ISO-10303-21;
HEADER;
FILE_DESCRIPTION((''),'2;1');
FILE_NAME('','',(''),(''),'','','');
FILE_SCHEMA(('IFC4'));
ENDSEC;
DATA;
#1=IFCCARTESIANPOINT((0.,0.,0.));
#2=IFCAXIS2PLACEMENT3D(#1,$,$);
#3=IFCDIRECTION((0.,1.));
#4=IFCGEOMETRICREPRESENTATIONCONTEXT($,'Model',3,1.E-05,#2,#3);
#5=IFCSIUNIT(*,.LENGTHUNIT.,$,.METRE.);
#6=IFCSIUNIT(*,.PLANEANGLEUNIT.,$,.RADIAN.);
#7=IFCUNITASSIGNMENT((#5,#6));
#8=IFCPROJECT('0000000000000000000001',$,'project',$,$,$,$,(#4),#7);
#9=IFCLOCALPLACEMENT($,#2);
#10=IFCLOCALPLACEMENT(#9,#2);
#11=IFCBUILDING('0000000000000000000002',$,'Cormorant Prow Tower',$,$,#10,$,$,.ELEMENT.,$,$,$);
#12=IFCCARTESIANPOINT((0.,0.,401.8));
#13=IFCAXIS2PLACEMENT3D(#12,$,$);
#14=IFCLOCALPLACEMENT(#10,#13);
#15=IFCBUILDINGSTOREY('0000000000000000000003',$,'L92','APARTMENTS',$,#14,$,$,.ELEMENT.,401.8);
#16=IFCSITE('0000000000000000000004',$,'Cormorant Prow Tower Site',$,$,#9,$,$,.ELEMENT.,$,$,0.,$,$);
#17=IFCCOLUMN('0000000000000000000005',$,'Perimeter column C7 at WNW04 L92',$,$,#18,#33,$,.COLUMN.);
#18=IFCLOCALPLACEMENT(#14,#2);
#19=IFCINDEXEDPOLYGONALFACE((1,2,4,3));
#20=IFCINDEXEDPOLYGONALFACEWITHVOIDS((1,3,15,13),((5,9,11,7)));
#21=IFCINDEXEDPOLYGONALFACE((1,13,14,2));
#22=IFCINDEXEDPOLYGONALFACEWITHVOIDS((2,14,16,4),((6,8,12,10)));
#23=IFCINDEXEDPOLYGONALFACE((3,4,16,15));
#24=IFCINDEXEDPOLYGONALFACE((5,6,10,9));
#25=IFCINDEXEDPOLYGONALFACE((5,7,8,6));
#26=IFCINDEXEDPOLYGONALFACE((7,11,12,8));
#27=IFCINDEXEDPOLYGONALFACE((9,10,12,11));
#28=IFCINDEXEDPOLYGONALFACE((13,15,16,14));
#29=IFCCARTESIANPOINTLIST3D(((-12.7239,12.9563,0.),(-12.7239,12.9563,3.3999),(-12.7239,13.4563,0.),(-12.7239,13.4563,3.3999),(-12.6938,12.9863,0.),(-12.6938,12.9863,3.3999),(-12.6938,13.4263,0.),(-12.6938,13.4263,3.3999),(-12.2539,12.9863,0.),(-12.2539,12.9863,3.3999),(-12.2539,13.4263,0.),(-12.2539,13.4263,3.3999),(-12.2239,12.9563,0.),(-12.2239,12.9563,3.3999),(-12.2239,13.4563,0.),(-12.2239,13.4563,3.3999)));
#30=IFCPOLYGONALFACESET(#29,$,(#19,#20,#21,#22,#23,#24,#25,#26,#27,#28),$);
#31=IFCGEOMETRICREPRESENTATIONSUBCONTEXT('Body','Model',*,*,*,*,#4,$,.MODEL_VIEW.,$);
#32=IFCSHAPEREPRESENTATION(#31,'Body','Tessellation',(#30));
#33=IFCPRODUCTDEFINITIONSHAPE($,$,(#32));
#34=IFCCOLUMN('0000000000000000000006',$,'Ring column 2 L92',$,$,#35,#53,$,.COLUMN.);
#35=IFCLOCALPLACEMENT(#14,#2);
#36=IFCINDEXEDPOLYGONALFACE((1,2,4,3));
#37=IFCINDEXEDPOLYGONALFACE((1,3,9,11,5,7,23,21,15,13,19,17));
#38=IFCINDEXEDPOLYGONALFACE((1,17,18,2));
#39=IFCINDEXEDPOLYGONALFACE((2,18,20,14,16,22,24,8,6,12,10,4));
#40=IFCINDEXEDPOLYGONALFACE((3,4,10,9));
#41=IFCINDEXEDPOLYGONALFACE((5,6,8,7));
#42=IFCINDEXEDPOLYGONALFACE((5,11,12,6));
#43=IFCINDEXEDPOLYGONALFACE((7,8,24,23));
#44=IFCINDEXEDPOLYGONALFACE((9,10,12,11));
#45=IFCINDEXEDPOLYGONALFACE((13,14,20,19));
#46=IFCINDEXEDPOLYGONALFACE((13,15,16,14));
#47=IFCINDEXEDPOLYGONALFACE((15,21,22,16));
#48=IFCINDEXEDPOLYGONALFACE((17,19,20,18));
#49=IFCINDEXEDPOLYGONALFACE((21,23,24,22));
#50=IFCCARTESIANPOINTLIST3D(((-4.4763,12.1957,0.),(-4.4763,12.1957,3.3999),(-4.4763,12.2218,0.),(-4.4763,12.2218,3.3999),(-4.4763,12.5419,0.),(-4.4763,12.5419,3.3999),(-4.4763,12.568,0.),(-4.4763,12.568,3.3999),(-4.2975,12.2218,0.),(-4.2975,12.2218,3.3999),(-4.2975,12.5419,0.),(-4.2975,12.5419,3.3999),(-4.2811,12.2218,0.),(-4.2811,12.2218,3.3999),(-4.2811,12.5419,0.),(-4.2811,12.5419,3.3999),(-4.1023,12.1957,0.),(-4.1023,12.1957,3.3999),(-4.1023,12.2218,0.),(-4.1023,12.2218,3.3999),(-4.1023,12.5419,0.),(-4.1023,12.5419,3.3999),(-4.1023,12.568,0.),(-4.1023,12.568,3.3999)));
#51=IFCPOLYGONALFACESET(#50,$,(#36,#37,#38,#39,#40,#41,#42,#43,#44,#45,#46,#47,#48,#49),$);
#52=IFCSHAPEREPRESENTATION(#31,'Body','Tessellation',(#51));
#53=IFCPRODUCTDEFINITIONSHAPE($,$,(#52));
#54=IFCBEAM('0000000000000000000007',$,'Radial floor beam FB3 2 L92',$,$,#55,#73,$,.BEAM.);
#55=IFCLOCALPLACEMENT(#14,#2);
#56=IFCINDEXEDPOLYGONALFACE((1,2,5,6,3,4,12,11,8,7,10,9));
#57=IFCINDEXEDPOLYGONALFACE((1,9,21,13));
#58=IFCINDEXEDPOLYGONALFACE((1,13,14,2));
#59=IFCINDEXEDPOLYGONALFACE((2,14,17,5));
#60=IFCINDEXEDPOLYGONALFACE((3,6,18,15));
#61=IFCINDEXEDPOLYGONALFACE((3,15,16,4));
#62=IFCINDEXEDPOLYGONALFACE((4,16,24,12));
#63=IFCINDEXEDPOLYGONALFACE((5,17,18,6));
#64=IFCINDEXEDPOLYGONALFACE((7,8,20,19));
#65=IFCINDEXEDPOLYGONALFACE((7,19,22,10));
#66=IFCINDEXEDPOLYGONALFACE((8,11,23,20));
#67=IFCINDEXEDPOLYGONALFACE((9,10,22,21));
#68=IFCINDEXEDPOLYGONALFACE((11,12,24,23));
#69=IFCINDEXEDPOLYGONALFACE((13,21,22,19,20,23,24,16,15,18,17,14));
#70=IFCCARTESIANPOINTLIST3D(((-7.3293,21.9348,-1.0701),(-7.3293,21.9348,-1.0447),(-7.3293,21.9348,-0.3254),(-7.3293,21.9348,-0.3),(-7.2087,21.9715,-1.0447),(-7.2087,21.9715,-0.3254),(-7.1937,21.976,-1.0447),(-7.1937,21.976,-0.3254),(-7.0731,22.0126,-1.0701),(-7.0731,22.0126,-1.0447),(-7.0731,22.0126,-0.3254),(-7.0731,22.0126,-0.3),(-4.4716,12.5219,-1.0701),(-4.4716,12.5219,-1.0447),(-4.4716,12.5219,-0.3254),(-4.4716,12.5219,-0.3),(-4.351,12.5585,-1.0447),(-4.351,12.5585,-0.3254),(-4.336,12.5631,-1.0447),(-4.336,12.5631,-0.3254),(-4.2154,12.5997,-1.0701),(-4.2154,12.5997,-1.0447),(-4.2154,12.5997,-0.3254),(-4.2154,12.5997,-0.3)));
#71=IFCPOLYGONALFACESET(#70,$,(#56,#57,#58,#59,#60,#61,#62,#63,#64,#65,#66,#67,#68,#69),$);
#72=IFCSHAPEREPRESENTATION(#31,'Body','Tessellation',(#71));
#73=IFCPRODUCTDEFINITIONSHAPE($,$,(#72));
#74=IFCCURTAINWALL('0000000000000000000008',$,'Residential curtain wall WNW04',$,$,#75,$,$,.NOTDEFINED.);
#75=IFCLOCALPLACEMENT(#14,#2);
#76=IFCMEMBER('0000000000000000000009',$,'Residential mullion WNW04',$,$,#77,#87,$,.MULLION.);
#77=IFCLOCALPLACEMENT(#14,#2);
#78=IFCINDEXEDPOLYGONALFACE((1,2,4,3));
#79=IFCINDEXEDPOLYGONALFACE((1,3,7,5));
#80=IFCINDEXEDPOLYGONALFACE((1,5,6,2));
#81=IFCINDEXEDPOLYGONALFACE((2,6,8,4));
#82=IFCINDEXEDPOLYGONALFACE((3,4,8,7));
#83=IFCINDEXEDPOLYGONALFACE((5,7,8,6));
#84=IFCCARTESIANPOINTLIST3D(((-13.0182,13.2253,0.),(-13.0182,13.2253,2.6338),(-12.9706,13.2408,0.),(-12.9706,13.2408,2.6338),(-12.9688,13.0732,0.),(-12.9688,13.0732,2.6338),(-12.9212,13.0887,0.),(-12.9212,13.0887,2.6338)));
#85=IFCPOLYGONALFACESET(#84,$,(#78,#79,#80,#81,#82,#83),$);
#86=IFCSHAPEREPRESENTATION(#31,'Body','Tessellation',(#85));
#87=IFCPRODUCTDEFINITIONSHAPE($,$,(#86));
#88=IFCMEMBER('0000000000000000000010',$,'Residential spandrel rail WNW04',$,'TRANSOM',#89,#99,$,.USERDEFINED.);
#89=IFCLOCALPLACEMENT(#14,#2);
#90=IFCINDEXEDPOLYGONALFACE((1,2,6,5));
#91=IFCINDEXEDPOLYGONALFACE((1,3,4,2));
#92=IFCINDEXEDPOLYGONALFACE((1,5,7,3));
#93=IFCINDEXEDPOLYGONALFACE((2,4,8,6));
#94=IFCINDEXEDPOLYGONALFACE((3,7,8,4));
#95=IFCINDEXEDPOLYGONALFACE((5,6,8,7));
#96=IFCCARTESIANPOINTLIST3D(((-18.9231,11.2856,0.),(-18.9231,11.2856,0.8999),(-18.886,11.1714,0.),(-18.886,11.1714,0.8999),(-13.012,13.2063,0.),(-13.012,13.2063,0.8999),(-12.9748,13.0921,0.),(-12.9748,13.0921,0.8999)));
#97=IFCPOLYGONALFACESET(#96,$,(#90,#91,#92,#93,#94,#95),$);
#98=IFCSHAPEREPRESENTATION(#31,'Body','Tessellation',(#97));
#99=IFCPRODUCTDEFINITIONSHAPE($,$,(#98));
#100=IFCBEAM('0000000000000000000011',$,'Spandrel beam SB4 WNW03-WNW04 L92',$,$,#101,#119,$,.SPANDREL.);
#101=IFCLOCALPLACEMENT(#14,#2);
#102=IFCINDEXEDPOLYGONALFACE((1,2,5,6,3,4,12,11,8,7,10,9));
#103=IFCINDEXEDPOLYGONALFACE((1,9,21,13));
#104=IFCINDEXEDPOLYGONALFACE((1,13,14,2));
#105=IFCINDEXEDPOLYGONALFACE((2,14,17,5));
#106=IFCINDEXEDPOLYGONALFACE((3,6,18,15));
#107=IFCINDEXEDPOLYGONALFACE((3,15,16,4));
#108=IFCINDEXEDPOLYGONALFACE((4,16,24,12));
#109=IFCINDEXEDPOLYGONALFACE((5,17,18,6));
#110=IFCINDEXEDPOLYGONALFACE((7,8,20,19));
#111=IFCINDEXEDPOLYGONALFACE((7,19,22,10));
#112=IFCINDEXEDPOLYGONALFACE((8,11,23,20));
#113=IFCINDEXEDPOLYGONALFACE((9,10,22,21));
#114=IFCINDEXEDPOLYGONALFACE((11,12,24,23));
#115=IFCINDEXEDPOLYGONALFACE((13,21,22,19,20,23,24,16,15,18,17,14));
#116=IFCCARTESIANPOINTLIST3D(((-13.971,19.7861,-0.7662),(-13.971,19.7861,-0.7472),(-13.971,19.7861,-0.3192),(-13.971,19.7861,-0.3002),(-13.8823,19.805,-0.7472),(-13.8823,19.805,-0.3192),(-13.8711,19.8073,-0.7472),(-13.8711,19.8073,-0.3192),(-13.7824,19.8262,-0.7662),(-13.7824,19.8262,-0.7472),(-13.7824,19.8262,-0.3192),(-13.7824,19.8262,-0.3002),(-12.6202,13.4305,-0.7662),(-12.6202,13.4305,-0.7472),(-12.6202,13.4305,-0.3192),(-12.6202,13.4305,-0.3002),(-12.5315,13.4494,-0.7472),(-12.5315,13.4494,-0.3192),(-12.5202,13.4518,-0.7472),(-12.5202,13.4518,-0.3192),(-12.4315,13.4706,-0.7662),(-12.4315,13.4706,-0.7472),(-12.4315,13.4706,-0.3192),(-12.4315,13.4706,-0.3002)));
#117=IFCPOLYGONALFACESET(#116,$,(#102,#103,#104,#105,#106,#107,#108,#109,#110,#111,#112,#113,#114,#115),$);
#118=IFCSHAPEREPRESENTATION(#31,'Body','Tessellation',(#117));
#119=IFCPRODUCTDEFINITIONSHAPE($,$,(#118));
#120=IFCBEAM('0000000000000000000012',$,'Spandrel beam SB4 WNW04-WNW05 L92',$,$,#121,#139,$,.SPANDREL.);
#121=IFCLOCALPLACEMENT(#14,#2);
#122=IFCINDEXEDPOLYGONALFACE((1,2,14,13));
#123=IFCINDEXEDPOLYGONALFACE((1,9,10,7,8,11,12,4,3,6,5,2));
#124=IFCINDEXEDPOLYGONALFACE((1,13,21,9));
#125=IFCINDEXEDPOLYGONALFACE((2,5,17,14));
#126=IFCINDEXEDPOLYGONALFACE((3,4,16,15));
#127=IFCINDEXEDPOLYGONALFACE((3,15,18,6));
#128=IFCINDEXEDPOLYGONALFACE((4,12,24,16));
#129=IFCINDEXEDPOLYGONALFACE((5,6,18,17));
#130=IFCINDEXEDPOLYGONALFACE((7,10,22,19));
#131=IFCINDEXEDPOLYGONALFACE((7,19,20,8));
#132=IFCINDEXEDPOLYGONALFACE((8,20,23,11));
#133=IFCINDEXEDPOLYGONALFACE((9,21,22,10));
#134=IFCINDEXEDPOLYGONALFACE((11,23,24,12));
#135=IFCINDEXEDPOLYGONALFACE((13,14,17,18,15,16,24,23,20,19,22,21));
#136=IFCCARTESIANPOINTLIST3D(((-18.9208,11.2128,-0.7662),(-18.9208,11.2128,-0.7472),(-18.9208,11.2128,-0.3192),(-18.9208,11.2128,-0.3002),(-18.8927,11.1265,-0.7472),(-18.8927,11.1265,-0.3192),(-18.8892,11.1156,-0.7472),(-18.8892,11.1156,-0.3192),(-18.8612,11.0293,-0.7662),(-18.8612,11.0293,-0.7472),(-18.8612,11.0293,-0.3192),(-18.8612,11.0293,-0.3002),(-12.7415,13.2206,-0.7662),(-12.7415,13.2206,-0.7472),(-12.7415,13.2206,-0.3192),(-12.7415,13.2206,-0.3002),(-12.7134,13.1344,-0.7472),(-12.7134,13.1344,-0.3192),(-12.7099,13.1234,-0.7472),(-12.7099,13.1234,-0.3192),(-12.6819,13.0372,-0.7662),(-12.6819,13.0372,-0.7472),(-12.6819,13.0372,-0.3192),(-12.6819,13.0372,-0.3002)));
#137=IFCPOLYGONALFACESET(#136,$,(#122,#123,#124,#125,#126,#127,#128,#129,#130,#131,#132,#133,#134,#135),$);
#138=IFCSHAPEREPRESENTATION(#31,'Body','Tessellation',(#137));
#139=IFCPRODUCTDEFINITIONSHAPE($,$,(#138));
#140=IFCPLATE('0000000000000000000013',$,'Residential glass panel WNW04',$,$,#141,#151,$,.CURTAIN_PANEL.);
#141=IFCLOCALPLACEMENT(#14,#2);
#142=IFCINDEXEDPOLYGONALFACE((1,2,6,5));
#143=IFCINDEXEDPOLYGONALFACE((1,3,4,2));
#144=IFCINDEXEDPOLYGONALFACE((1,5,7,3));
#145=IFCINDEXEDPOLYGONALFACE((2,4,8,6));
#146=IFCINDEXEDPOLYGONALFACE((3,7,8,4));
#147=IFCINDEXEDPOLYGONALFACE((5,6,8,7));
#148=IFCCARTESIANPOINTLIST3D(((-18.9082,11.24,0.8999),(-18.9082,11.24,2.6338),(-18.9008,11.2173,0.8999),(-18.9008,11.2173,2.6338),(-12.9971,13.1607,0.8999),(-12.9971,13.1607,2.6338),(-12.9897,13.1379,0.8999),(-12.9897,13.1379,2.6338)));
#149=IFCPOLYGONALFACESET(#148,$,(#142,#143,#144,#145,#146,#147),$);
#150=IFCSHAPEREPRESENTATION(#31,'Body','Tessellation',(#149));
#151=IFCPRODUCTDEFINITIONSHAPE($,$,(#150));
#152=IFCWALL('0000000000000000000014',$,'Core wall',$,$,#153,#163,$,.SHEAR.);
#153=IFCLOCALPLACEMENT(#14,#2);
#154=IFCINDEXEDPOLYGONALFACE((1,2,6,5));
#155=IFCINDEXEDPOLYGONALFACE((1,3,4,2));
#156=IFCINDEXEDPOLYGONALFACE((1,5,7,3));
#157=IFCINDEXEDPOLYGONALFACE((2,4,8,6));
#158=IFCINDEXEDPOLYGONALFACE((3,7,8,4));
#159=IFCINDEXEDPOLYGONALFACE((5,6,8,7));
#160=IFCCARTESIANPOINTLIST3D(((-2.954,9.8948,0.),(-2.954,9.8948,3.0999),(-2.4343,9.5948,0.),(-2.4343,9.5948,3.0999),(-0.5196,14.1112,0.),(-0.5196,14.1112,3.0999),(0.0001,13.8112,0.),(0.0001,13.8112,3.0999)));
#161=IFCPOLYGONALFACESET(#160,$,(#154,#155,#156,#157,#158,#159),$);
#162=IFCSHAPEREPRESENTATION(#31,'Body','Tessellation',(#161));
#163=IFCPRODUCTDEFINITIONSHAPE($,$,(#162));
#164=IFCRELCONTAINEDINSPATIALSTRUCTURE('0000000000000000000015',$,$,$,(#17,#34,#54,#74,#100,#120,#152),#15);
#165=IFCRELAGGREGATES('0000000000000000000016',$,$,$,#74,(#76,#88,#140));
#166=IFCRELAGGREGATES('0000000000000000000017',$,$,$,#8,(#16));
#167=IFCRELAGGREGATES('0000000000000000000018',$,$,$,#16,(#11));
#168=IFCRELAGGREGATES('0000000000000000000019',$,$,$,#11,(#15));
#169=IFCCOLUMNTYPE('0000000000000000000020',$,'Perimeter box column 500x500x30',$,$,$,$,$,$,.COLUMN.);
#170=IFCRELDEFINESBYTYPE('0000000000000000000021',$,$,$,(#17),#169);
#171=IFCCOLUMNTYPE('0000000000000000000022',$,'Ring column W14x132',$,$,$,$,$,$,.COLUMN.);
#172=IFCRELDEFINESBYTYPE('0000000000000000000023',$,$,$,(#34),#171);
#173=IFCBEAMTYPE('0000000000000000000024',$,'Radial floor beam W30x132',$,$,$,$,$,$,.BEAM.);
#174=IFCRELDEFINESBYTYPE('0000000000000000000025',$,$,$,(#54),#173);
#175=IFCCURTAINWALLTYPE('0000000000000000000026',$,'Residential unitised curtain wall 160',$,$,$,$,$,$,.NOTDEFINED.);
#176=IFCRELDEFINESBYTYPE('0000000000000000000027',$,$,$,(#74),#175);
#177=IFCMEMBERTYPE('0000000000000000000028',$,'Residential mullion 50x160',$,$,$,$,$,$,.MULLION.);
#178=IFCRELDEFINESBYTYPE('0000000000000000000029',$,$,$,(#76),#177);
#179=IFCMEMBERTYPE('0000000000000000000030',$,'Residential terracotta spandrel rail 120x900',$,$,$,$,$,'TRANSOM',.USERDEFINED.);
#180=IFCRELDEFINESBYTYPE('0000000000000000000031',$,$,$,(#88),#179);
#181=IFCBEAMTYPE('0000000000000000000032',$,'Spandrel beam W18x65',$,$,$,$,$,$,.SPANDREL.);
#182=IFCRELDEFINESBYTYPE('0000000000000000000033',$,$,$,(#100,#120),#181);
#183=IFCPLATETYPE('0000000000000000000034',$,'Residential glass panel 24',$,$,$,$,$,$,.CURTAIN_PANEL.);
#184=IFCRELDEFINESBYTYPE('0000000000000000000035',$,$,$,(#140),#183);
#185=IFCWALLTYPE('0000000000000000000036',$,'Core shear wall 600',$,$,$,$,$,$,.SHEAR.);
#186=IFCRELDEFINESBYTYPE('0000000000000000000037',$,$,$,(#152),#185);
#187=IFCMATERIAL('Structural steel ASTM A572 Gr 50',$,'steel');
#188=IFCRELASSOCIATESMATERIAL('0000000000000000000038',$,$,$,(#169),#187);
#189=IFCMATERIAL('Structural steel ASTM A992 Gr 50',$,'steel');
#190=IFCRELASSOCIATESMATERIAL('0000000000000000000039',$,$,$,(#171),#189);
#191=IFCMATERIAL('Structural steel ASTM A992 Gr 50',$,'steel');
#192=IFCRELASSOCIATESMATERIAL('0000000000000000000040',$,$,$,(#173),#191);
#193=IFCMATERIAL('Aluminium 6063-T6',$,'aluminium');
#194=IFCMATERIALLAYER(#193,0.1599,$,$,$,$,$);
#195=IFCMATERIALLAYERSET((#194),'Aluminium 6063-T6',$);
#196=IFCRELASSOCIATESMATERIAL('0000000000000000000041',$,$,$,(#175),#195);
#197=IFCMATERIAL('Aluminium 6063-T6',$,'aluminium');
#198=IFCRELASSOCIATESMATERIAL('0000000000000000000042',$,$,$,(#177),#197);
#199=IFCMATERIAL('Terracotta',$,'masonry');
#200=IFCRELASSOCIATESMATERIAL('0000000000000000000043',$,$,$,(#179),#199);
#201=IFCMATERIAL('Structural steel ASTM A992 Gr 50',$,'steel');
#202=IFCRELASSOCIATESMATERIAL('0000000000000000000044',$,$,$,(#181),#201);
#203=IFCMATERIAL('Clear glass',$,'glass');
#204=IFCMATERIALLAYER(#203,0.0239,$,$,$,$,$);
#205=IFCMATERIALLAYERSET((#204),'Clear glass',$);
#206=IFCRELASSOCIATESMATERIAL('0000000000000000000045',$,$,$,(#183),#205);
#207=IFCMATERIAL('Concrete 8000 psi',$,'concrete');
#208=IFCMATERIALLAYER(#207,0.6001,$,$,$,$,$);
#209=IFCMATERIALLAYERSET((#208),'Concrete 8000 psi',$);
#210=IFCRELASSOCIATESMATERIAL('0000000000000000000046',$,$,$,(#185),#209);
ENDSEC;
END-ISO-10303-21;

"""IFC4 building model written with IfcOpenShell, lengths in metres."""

from ifc_helpers import new_model, si_unit, direction, frame, frame_2d, origin, origin_2d, place, context, subcontext, project, spatial, rectangle, hollow_rectangle, i_section, extrude, material, layer, layer_set, material_profile, profile_set, type_object, element, aggregate, save


model = new_model("IFC4")

# Units and contexts
model_context = context("Model", 3, precision=1e-05, world=origin(), true_north=direction((0.0, 1.0)))
body_context = subcontext(model_context, "Body", "Model", "MODEL_VIEW")
ifc_project = project(units=[si_unit("LENGTHUNIT", "METRE"), si_unit("PLANEANGLEUNIT", "RADIAN")], contexts=[model_context])

# Site, building, storey
site_placement = place(None, origin())
site = spatial("IfcSite", under=ifc_project, at=site_placement, Name="Cormorant Prow Tower Site", CompositionType="ELEMENT", RefElevation=0.0)
building_placement = place(site_placement, origin())
building = spatial("IfcBuilding", under=site, at=building_placement, Name="Cormorant Prow Tower", CompositionType="ELEMENT")
storey_placement = place(building_placement, frame((0.0, 0.0, 401.8)))
storey = spatial("IfcBuildingStorey", under=building, at=storey_placement, Name="L92", Description="APARTMENTS", CompositionType="ELEMENT", Elevation=401.8)

# Columns
ifc_material_1 = material(Name="Structural steel ASTM A572 Gr 50", Category="steel")
ifc_material_profile_1 = material_profile(ifc_material_1, hollow_rectangle(XDim=0.5, YDim=0.5, WallThickness=0.03, at=origin_2d()), Name="Box 500x500x30")
ifc_profile_set_1 = profile_set([ifc_material_profile_1], Name="Structural steel ASTM A572 Gr 50")
column_type_1 = type_object("IfcColumnType", Name="Perimeter box column 500x500x30", PredefinedType="COLUMN", material=ifc_profile_set_1)
column_1_placement = place(storey_placement, frame((-12.4739, 13.2063, 0.0), z_axis=(0.0, 0.0, 1.0), x_axis=(1.0, 0.0, 0.0)))
element("IfcColumn", 1, at=column_1_placement, inside=storey, type_object=column_type_1, Name="Perimeter column C7 at WNW04 L92", PredefinedType="COLUMN", context=body_context, shape_type="SweptSolid", body=[
    extrude(hollow_rectangle(XDim=0.5, YDim=0.5, WallThickness=0.03, at=origin_2d()), origin(), (0.0, 0.0, 1.0), 3.3999),
])
ifc_material_2 = material(Name="Structural steel ASTM A992 Gr 50", Category="steel")
ifc_material_profile_2 = material_profile(ifc_material_2, i_section(OverallWidth=0.374, OverallDepth=0.3723, WebThickness=0.0164, FlangeThickness=0.0261, at=origin_2d()), Name="W14x132")
ifc_profile_set_2 = profile_set([ifc_material_profile_2], Name="Structural steel ASTM A992 Gr 50")
column_type_2 = type_object("IfcColumnType", Name="Ring column W14x132", PredefinedType="COLUMN", material=ifc_profile_set_2)
column_2_placement = place(storey_placement, frame((-4.2893, 12.3818, 0.0), z_axis=(0.0, 0.0, 1.0), x_axis=(1.0, 0.0, 0.0)))
element("IfcColumn", 2, at=column_2_placement, inside=storey, type_object=column_type_2, Name="Ring column 2 L92", PredefinedType="COLUMN", context=body_context, shape_type="SweptSolid", body=[
    extrude(i_section(OverallWidth=0.374, OverallDepth=0.3723, WebThickness=0.0164, FlangeThickness=0.0261, at=origin_2d()), origin(), (0.0, 0.0, 1.0), 3.3999),
])

# Beam
ifc_material_3 = material(Name="Structural steel ASTM A992 Gr 50", Category="steel")
ifc_material_profile_3 = material_profile(ifc_material_3, i_section(OverallWidth=0.2678, OverallDepth=0.77, WebThickness=0.0156, FlangeThickness=0.0254, at=origin_2d()), Name="W30x132")
ifc_profile_set_3 = profile_set([ifc_material_profile_3], Name="Structural steel ASTM A992 Gr 50")
beam_type_1 = type_object("IfcBeamType", Name="Radial floor beam W30x132", PredefinedType="BEAM", material=ifc_profile_set_3)
beam_1_placement = place(storey_placement, frame((-4.3435, 12.5608, -0.6851), z_axis=(-0.2905, 0.956875, 0.0), x_axis=(-0.956875, -0.2905, 0.0)))
element("IfcBeam", 3, at=beam_1_placement, inside=storey, type_object=beam_type_1, Name="Radial floor beam FB3 2 L92", PredefinedType="BEAM", context=body_context, shape_type="SweptSolid", body=[
    extrude(i_section(OverallWidth=0.2678, OverallDepth=0.77, WebThickness=0.0156, FlangeThickness=0.0254, at=origin_2d()), origin(), (0.0, 0.0, 1.0), 9.8372),
])

# Curtain wall, members
ifc_material_4 = material(Name="Aluminium 6063-T6", Category="aluminium")
ifc_layer_1 = layer(ifc_material_4, 0.1599)
ifc_layer_set_1 = layer_set([ifc_layer_1], Name="Aluminium 6063-T6")
curtain_wall_type = type_object("IfcCurtainWallType", Name="Residential unitised curtain wall 160", PredefinedType="NOTDEFINED", material=ifc_layer_set_1)
curtain_wall_placement = place(storey_placement, origin())
curtain_wall = element("IfcCurtainWall", 4, at=curtain_wall_placement, inside=storey, type_object=curtain_wall_type, Name="Residential curtain wall WNW04", PredefinedType="NOTDEFINED")
ifc_material_5 = material(Name="Aluminium 6063-T6", Category="aluminium")
ifc_material_profile_4 = material_profile(ifc_material_5, rectangle(XDim=0.1599, YDim=0.05, at=origin_2d()), Name="Residential mullion 50x160")
ifc_profile_set_4 = profile_set([ifc_material_profile_4], Name="Aluminium 6063-T6")
member_type_1 = type_object("IfcMemberType", Name="Residential mullion 50x160", PredefinedType="MULLION", material=ifc_profile_set_4)
member_1_placement = place(storey_placement, frame((-12.9697, 13.157, 0.0), z_axis=(0.0, 0.0, 1.0), x_axis=(0.309017, -0.951056, 0.0)))
member_1 = element("IfcMember", 5, at=member_1_placement, type_object=member_type_1, Name="Residential mullion WNW04", PredefinedType="MULLION", context=body_context, shape_type="SweptSolid", body=[
    extrude(rectangle(XDim=0.1599, YDim=0.05, at=origin_2d()), origin(), (0.0, 0.0, 1.0), 2.6338),
])
ifc_material_6 = material(Name="Terracotta", Category="masonry")
ifc_material_profile_5 = material_profile(ifc_material_6, rectangle(XDim=0.1201, YDim=0.8999, at=origin_2d()), Name="Residential terracotta spandrel rail 120x900")
ifc_profile_set_5 = profile_set([ifc_material_profile_5], Name="Terracotta")
member_type_2 = type_object("IfcMemberType", Name="Residential terracotta spandrel rail 120x900", ElementType="TRANSOM", PredefinedType="USERDEFINED", material=ifc_profile_set_5)
member_2_placement = place(storey_placement, frame((-12.9934, 13.1492, 0.45), z_axis=(-0.951056, -0.309019, 0.0), x_axis=(0.309019, -0.951056, 0.0)))
member_2 = element("IfcMember", 6, at=member_2_placement, type_object=member_type_2, Name="Residential spandrel rail WNW04", ObjectType="TRANSOM", PredefinedType="USERDEFINED", context=body_context, shape_type="SweptSolid", body=[
    extrude(rectangle(XDim=0.1201, YDim=0.8999, at=origin_2d()), origin(), (0.0, 0.0, 1.0), 6.2153),
])

# Beams
ifc_material_7 = material(Name="Structural steel ASTM A992 Gr 50", Category="steel")
ifc_material_profile_6 = material_profile(ifc_material_7, i_section(OverallWidth=0.1929, OverallDepth=0.4661, WebThickness=0.0115, FlangeThickness=0.019, at=origin_2d()), Name="W18x65")
ifc_profile_set_6 = profile_set([ifc_material_profile_6], Name="Structural steel ASTM A992 Gr 50")
beam_type_2 = type_object("IfcBeamType", Name="Spandrel beam W18x65", PredefinedType="SPANDREL", material=ifc_profile_set_6)
beam_2_placement = place(storey_placement, frame((-13.8767, 19.8062, -0.5332), z_axis=(0.207902, -0.97815, 0.0), x_axis=(0.97815, 0.207902, 0.0)))
element("IfcBeam", 7, at=beam_2_placement, inside=storey, type_object=beam_type_2, Name="Spandrel beam SB4 WNW03-WNW04 L92", PredefinedType="SPANDREL", context=body_context, shape_type="SweptSolid", body=[
    extrude(i_section(OverallWidth=0.1929, OverallDepth=0.4661, WebThickness=0.0115, FlangeThickness=0.019, at=origin_2d()), origin(), (0.0, 0.0, 1.0), 6.4976),
])
beam_3_placement = place(storey_placement, frame((-12.7117, 13.1289, -0.5332), z_axis=(-0.951053, -0.309027, 0.0), x_axis=(0.309027, -0.951053, 0.0)))
element("IfcBeam", 8, at=beam_3_placement, inside=storey, type_object=beam_type_2, Name="Spandrel beam SB4 WNW04-WNW05 L92", PredefinedType="SPANDREL", context=body_context, shape_type="SweptSolid", body=[
    extrude(i_section(OverallWidth=0.1929, OverallDepth=0.4661, WebThickness=0.0115, FlangeThickness=0.019, at=origin_2d()), origin(), (0.0, 0.0, 1.0), 6.4973),
])

# Plate
ifc_material_8 = material(Name="Clear glass", Category="glass")
ifc_layer_2 = layer(ifc_material_8, 0.0239)
ifc_layer_set_2 = layer_set([ifc_layer_2], Name="Clear glass")
plate_type = type_object("IfcPlateType", Name="Residential glass panel 24", PredefinedType="CURTAIN_PANEL", material=ifc_layer_set_2)
plate_placement = place(storey_placement, frame((-15.949, 12.189, 0.8999), z_axis=(0.0, 0.0, 1.0), x_axis=(-0.951056, -0.309017, 0.0)))
plate = element("IfcPlate", 9, at=plate_placement, type_object=plate_type, Name="Residential glass panel WNW04", PredefinedType="CURTAIN_PANEL", context=body_context, shape_type="SweptSolid", body=[
    extrude(rectangle(XDim=6.2153, YDim=0.0239, at=origin_2d()), origin(), (0.0, 0.0, 1.0), 1.7339),
])
aggregate(curtain_wall, [member_1, member_2, plate])

# Wall
ifc_material_9 = material(Name="Concrete 8000 psi", Category="concrete")
ifc_layer_3 = layer(ifc_material_9, 0.6001)
ifc_layer_set_3 = layer_set([ifc_layer_3], Name="Concrete 8000 psi")
wall_type_1 = type_object("IfcWallType", Name="Core shear wall 600", PredefinedType="SHEAR", material=ifc_layer_set_3)
wall_1_placement = place(storey_placement, frame((-0.2598, 13.9612, 0.0), z_axis=(0.0, 0.0, 1.0), x_axis=(-0.500006, -0.866022, 0.0)))
element("IfcWall", 10, at=wall_1_placement, inside=storey, type_object=wall_type_1, Name="Core wall", PredefinedType="SHEAR", context=body_context, shape_type="SweptSolid", body=[
    extrude(rectangle(XDim=4.8687, YDim=0.6001, at=frame_2d((2.4343, 0.0))), origin(), (0.0, 0.0, 1.0), 3.0999),
])

save(model, "model.ifc")
